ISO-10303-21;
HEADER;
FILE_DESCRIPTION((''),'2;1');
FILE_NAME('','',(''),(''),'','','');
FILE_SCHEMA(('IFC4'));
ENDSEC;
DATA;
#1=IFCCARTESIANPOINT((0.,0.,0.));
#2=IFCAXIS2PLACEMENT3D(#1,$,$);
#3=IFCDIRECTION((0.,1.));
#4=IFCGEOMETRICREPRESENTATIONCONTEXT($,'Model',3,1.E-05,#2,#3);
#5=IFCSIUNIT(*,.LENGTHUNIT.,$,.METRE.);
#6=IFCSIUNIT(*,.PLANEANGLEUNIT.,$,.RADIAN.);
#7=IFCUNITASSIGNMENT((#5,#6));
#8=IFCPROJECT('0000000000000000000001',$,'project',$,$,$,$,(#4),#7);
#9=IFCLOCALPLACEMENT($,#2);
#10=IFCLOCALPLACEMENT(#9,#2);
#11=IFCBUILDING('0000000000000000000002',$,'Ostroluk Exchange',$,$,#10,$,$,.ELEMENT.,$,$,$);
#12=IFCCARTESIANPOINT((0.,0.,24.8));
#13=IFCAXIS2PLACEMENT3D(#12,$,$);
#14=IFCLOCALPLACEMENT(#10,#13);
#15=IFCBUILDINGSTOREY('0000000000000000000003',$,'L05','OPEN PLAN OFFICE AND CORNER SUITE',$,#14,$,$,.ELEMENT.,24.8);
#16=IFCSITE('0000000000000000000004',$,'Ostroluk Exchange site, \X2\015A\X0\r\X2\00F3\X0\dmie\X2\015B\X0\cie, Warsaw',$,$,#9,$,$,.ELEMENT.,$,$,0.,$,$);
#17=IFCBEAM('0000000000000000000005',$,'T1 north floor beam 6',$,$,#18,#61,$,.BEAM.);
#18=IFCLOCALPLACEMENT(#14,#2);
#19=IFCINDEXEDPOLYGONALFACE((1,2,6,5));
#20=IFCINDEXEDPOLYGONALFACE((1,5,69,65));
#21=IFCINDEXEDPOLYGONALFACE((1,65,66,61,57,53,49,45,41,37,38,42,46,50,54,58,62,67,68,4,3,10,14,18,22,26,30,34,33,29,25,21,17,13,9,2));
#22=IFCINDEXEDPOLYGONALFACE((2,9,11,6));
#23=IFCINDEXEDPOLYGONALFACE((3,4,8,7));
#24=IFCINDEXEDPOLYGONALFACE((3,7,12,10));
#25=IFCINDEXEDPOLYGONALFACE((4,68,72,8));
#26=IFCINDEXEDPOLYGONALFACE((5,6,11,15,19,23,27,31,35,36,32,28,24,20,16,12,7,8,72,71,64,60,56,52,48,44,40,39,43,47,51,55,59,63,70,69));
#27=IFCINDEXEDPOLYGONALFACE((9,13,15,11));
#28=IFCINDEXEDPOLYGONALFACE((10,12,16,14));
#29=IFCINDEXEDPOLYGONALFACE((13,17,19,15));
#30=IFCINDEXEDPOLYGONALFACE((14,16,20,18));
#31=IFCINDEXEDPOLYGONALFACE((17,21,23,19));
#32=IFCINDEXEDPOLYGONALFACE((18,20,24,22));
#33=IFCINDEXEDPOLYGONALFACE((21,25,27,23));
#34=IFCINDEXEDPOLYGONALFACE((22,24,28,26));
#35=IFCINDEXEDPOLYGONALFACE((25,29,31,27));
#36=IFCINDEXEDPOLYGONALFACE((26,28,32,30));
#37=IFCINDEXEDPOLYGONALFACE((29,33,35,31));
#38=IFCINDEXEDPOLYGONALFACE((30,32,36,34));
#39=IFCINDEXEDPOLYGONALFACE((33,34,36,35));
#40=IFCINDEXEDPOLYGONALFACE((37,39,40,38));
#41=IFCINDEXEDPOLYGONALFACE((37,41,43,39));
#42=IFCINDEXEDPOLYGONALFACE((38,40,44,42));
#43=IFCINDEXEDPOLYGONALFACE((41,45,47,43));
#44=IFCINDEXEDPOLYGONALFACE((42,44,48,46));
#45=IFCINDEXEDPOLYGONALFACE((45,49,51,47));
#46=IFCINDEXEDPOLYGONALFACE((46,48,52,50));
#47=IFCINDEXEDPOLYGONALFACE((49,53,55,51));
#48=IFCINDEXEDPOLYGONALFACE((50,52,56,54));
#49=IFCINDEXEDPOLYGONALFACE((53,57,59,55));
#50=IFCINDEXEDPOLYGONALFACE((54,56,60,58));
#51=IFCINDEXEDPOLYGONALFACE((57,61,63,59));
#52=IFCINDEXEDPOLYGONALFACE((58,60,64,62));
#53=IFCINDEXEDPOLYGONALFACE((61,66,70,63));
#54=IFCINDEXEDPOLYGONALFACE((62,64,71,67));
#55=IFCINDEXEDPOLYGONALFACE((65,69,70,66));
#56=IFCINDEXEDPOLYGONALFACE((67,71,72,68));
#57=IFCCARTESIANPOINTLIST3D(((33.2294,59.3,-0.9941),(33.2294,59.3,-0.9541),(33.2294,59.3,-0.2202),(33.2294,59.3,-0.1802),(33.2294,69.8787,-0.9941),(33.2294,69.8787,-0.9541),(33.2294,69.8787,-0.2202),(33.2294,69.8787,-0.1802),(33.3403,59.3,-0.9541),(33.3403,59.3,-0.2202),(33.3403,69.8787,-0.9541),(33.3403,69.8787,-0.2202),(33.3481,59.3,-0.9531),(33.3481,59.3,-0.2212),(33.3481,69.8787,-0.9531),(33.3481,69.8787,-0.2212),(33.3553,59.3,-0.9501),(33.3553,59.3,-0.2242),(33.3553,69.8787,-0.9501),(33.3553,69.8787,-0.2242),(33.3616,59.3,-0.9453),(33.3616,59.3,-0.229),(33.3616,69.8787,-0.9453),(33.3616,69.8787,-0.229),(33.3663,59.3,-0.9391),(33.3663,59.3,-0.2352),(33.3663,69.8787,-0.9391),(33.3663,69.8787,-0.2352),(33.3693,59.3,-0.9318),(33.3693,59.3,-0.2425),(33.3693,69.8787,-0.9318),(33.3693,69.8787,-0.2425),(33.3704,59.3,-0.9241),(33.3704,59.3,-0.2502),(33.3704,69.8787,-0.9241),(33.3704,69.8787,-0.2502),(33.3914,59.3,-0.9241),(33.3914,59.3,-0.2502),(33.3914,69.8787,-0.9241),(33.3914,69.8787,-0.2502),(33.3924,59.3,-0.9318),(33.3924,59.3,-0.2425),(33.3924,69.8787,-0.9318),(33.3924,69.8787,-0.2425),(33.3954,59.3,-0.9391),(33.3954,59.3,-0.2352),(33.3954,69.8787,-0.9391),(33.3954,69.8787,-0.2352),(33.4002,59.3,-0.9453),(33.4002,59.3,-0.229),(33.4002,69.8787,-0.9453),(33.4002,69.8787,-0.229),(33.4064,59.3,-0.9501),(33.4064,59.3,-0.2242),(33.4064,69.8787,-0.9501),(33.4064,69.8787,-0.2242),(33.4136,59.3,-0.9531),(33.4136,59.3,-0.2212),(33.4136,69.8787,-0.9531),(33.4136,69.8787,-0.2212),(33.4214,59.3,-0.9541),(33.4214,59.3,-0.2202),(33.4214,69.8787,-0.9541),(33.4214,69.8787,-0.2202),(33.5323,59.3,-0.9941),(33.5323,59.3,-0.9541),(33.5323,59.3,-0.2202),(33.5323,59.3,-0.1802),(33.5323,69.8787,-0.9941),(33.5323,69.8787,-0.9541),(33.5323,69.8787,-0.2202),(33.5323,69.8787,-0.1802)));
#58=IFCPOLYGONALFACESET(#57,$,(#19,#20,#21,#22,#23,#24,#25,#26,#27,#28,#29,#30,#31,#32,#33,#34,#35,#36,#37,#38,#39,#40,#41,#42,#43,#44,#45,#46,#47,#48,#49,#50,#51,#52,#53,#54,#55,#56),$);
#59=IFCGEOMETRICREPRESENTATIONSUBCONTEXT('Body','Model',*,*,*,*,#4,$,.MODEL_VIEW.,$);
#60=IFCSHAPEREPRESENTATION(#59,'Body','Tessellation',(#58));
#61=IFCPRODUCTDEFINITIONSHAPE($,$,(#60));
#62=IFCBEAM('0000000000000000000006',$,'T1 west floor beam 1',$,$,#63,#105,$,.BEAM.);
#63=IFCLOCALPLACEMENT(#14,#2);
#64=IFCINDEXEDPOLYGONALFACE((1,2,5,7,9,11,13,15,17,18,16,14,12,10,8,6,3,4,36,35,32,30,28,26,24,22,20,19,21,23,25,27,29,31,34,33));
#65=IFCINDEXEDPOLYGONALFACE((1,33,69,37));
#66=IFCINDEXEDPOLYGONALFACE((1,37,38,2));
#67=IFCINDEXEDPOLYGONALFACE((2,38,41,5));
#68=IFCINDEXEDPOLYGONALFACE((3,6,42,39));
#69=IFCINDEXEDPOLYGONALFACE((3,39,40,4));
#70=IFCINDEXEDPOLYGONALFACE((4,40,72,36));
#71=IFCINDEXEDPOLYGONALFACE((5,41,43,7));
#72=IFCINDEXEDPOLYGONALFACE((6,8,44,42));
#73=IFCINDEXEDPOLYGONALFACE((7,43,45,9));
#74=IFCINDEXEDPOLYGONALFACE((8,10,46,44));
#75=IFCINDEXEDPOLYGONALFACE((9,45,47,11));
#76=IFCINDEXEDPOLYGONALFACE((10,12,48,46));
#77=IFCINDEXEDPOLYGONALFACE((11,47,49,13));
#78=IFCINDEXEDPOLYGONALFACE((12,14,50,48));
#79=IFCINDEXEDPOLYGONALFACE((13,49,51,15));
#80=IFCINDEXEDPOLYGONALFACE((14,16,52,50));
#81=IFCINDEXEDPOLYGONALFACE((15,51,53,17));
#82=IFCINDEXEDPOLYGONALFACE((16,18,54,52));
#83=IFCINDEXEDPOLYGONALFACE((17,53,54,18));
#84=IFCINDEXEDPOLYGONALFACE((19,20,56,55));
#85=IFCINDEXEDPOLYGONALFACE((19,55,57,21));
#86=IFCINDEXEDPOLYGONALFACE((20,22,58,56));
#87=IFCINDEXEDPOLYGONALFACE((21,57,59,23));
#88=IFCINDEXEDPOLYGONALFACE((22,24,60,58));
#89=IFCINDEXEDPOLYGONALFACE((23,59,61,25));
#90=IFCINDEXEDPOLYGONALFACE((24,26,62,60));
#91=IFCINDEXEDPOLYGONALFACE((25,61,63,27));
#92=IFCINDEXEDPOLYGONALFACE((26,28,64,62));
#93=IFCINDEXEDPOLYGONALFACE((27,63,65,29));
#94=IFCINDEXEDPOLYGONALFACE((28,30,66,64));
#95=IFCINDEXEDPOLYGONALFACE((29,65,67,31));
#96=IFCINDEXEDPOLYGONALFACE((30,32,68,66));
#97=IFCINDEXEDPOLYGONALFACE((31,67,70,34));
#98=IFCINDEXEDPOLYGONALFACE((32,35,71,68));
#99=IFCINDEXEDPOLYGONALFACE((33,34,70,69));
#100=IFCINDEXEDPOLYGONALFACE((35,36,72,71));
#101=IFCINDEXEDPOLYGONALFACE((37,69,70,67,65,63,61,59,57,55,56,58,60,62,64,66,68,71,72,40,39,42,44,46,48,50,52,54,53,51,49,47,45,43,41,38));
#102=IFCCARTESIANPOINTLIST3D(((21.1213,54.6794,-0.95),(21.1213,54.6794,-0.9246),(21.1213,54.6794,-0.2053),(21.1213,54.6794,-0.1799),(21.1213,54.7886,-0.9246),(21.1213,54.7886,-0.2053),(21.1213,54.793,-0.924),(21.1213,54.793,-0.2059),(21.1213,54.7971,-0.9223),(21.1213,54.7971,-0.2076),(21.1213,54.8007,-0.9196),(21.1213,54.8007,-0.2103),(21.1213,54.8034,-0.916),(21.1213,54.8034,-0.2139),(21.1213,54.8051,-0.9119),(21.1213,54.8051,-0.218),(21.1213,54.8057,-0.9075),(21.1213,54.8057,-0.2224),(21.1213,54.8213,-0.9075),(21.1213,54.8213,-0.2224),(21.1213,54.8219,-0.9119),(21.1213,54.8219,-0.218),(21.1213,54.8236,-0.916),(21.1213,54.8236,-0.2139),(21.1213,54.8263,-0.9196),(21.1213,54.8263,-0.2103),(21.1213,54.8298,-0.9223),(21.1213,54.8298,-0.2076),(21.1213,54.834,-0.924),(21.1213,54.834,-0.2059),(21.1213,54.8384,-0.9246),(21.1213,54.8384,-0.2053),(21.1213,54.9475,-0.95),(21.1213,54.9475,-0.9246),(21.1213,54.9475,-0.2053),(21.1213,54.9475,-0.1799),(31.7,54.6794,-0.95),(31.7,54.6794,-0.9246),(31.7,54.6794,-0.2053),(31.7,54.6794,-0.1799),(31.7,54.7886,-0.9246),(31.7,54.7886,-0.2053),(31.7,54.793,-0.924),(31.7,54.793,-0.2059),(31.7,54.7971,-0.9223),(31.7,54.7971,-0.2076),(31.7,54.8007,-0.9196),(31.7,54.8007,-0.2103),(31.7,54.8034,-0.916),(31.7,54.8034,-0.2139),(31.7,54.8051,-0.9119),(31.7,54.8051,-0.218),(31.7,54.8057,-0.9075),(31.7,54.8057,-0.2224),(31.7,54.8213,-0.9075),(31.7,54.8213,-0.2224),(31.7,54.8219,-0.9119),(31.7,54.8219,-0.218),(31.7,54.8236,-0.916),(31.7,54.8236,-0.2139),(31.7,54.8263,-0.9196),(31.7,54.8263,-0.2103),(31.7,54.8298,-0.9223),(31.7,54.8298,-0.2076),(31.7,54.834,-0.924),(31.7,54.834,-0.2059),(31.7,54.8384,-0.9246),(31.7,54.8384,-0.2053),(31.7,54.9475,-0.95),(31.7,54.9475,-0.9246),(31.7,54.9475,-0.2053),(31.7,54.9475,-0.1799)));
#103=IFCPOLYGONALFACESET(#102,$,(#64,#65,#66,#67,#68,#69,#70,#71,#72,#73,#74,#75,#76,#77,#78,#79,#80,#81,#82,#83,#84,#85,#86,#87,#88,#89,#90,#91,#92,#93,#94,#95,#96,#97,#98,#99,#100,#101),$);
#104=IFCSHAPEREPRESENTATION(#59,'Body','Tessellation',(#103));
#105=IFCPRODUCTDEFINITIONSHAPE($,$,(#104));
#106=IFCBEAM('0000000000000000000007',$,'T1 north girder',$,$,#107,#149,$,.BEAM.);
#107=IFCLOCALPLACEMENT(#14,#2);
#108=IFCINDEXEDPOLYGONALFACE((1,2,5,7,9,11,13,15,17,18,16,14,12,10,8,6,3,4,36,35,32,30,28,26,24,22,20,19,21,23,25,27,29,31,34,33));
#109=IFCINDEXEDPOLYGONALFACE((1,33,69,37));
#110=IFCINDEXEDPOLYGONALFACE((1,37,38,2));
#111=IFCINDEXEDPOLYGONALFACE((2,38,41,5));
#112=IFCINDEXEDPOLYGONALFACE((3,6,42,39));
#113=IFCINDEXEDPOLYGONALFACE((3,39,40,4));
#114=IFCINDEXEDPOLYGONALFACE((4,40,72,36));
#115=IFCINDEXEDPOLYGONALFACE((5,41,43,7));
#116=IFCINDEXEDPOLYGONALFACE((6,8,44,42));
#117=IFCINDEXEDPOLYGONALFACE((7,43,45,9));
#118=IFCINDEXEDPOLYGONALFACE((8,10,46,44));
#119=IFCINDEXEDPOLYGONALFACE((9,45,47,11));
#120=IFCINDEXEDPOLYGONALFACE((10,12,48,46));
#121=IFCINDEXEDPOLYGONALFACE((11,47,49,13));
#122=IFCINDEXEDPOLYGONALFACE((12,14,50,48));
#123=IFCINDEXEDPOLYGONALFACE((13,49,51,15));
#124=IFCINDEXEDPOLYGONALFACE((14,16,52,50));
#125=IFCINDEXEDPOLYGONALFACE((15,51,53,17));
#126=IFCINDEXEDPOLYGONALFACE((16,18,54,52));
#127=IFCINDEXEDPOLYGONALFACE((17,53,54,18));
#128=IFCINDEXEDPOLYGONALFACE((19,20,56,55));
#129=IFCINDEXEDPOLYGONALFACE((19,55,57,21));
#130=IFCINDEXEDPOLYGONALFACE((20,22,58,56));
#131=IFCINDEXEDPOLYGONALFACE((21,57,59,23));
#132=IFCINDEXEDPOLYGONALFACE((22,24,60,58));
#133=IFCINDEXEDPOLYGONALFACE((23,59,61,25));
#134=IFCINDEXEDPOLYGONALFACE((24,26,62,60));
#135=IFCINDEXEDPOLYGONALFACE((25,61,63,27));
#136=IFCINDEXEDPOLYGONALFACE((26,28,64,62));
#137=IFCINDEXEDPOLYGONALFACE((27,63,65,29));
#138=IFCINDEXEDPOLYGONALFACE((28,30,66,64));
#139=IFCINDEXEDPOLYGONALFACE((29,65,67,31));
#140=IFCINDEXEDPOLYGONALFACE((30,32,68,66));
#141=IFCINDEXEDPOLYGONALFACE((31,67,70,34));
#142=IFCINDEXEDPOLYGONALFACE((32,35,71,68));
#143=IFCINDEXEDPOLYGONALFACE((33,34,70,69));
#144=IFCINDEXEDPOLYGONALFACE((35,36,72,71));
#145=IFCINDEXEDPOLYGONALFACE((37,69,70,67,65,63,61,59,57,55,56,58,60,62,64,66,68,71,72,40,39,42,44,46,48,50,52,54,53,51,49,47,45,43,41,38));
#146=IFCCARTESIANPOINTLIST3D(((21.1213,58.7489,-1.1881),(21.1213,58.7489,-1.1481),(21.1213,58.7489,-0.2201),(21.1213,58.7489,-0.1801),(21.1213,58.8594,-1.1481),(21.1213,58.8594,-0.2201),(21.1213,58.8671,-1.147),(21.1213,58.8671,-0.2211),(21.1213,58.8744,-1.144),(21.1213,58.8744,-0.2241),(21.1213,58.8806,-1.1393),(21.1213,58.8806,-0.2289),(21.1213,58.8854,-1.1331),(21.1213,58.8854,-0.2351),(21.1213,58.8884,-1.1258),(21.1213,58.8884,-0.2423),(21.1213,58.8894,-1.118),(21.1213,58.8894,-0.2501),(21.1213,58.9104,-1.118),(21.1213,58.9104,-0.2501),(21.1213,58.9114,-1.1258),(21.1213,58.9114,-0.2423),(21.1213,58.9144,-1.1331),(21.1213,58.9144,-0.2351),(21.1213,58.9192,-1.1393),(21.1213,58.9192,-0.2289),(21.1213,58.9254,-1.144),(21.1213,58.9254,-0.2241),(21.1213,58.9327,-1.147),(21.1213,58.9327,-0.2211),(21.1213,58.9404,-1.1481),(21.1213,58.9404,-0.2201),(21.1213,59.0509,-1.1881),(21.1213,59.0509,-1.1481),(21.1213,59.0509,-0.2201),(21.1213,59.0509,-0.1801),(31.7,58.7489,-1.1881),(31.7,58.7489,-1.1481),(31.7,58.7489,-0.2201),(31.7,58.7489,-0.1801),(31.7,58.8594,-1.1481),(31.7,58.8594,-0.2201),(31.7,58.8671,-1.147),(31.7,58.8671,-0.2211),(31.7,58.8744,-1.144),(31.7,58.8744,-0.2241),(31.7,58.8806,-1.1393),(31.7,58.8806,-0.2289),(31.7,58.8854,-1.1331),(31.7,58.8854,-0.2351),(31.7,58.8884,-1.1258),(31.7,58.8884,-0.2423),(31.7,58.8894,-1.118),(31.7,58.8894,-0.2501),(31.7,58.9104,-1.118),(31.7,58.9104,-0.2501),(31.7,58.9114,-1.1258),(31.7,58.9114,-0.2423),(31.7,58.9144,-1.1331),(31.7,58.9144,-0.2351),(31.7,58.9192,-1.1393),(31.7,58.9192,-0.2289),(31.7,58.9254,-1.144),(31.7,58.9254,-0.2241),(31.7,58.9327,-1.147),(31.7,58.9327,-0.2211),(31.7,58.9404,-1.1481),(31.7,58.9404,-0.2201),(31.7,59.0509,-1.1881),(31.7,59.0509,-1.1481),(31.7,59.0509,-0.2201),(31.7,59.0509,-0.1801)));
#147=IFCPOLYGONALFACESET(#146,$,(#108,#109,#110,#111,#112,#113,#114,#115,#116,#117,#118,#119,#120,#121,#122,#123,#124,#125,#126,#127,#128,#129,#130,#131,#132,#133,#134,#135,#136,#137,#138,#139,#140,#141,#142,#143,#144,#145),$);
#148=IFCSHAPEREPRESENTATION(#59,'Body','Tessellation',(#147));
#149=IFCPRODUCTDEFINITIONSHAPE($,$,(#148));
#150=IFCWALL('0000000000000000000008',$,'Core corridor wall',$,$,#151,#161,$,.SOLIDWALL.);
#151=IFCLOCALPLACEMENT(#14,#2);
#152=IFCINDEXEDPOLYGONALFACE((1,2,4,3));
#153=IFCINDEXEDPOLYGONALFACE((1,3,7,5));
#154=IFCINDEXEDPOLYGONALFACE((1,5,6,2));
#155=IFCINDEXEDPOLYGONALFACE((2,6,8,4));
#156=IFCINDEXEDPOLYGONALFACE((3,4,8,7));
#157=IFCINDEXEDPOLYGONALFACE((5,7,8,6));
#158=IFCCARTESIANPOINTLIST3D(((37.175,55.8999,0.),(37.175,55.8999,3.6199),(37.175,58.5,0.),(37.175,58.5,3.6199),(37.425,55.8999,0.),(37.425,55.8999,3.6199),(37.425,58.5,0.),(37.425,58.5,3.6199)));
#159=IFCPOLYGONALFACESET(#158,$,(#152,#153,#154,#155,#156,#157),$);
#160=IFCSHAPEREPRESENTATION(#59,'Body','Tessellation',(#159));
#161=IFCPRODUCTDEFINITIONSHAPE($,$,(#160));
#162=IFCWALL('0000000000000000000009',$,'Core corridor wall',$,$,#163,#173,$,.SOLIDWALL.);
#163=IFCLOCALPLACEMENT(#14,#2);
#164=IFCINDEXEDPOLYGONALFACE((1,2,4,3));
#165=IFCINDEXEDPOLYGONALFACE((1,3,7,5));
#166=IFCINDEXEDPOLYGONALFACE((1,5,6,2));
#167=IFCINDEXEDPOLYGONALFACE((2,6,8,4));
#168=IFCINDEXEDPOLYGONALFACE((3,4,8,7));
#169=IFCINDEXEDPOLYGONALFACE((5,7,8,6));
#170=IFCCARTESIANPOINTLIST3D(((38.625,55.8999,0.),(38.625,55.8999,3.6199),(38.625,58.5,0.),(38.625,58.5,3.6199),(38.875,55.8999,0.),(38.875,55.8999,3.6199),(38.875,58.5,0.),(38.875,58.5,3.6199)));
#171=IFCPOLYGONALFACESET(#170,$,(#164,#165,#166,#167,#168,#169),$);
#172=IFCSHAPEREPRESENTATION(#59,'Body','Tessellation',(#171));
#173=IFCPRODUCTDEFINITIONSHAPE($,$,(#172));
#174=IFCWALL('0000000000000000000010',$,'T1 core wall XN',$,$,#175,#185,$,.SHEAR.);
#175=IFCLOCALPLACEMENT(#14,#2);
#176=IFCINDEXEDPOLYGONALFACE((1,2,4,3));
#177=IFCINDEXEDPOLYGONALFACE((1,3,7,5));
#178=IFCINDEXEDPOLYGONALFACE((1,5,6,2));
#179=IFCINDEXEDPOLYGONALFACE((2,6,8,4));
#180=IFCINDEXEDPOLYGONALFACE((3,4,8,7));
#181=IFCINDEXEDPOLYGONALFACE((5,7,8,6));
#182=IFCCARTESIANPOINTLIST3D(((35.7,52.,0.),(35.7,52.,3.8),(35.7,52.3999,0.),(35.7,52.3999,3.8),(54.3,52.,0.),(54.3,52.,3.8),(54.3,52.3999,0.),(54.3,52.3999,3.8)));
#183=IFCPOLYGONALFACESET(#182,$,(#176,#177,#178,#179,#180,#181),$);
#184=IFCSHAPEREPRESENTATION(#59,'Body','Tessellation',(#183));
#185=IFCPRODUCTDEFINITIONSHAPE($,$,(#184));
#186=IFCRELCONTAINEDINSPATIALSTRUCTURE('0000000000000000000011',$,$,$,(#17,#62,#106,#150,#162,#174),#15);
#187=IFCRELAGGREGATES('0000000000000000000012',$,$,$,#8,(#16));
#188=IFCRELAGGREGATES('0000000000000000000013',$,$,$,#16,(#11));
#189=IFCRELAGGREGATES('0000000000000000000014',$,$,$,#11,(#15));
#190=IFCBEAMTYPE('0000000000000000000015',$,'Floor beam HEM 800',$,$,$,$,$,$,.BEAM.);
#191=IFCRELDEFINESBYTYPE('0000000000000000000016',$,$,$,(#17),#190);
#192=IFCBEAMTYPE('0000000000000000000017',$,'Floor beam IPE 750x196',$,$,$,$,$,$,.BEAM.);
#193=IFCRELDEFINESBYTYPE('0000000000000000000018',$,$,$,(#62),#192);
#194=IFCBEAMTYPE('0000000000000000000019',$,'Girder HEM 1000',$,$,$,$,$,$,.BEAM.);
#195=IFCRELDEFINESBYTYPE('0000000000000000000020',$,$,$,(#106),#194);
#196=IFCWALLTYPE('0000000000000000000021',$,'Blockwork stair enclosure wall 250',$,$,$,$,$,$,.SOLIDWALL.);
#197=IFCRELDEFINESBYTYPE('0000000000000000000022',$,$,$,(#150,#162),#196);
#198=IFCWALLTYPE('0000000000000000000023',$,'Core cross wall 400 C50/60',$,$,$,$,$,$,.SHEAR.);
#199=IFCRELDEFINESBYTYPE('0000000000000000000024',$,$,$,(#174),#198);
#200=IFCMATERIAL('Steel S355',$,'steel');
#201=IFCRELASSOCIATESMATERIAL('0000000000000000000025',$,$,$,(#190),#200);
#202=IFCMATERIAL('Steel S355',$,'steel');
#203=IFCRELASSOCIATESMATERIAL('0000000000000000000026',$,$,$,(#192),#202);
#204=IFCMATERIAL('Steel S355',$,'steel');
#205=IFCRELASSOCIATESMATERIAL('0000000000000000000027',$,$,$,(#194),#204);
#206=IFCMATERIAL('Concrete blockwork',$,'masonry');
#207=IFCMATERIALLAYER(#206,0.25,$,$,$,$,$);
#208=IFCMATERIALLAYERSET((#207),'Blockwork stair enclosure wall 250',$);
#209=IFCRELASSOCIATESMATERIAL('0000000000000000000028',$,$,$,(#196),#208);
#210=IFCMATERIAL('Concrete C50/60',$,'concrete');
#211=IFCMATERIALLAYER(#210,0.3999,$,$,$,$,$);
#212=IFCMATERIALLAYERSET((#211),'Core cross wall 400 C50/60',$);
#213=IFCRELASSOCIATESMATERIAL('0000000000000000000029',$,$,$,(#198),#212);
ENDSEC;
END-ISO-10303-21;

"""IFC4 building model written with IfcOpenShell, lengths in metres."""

from ifc_helpers import new_model, si_unit, direction, frame, frame_2d, origin, origin_2d, place, context, subcontext, project, spatial, rectangle, i_section, extrude, material, layer, layer_set, material_profile, profile_set, type_object, element, save


model = new_model("IFC4")

# Units and contexts
model_context = context("Model", 3, precision=1e-05, world=origin(), true_north=direction((0.0, 1.0)))
body_context = subcontext(model_context, "Body", "Model", "MODEL_VIEW")
ifc_project = project(units=[si_unit("LENGTHUNIT", "METRE"), si_unit("PLANEANGLEUNIT", "RADIAN")], contexts=[model_context])

# Site, building, storey
site_placement = place(None, origin())
site = spatial("IfcSite", under=ifc_project, at=site_placement, Name="Ostroluk Exchange site, Śródmieście, Warsaw", CompositionType="ELEMENT", RefElevation=0.0)
building_placement = place(site_placement, origin())
building = spatial("IfcBuilding", under=site, at=building_placement, Name="Ostroluk Exchange", CompositionType="ELEMENT")
storey_placement = place(building_placement, frame((0.0, 0.0, 24.8)))
storey = spatial("IfcBuildingStorey", under=building, at=storey_placement, Name="L05", Description="OPEN PLAN OFFICE AND CORNER SUITE", CompositionType="ELEMENT", Elevation=24.8)

# Beams
ifc_material_1 = material(Name="Steel S355", Category="steel")
ifc_material_profile_1 = material_profile(ifc_material_1, i_section(OverallWidth=0.303, OverallDepth=0.814, WebThickness=0.021, FlangeThickness=0.04, FilletRadius=0.03, at=origin_2d()), Name="HEM 800")
ifc_profile_set_1 = profile_set([ifc_material_profile_1], Name="Steel S355")
beam_type_1 = type_object("IfcBeamType", Name="Floor beam HEM 800", PredefinedType="BEAM", material=ifc_profile_set_1)
beam_1_placement = place(storey_placement, frame((33.3809, 59.3, -0.5872), z_axis=(0.0, 1.0, 0.0), x_axis=(-1.0, 0.0, 0.0)))
element("IfcBeam", 1, at=beam_1_placement, inside=storey, type_object=beam_type_1, Name="T1 north floor beam 6", PredefinedType="BEAM", context=body_context, shape_type="SweptSolid", body=[
    extrude(i_section(OverallWidth=0.303, OverallDepth=0.814, WebThickness=0.021, FlangeThickness=0.04, FilletRadius=0.03, at=origin_2d()), origin(), (0.0, 0.0, 1.0), 10.5786),
])
ifc_material_2 = material(Name="Steel S355", Category="steel")
ifc_material_profile_2 = material_profile(ifc_material_2, i_section(OverallWidth=0.2681, OverallDepth=0.77, WebThickness=0.0156, FlangeThickness=0.0254, FilletRadius=0.0171, at=origin_2d()), Name="IPE 750x196")
ifc_profile_set_2 = profile_set([ifc_material_profile_2], Name="Steel S355")
beam_type_2 = type_object("IfcBeamType", Name="Floor beam IPE 750x196", PredefinedType="BEAM", material=ifc_profile_set_2)
beam_2_placement = place(storey_placement, frame((31.7, 54.8135, -0.5649), z_axis=(-1.0, 0.0, 0.0), x_axis=(0.0, -1.0, 0.0)))
element("IfcBeam", 2, at=beam_2_placement, inside=storey, type_object=beam_type_2, Name="T1 west floor beam 1", PredefinedType="BEAM", context=body_context, shape_type="SweptSolid", body=[
    extrude(i_section(OverallWidth=0.2681, OverallDepth=0.77, WebThickness=0.0156, FlangeThickness=0.0254, FilletRadius=0.0171, at=origin_2d()), origin(), (0.0, 0.0, 1.0), 10.5786),
])
ifc_material_3 = material(Name="Steel S355", Category="steel")
ifc_material_profile_3 = material_profile(ifc_material_3, i_section(OverallWidth=0.302, OverallDepth=1.0081, WebThickness=0.021, FlangeThickness=0.04, FilletRadius=0.03, at=origin_2d()), Name="HEM 1000")
ifc_profile_set_3 = profile_set([ifc_material_profile_3], Name="Steel S355")
beam_type_3 = type_object("IfcBeamType", Name="Girder HEM 1000", PredefinedType="BEAM", material=ifc_profile_set_3)
beam_3_placement = place(storey_placement, frame((31.7, 58.8999, -0.6841), z_axis=(-1.0, 0.0, 0.0), x_axis=(0.0, -1.0, 0.0)))
element("IfcBeam", 3, at=beam_3_placement, inside=storey, type_object=beam_type_3, Name="T1 north girder", PredefinedType="BEAM", context=body_context, shape_type="SweptSolid", body=[
    extrude(i_section(OverallWidth=0.302, OverallDepth=1.0081, WebThickness=0.021, FlangeThickness=0.04, FilletRadius=0.03, at=origin_2d()), origin(), (0.0, 0.0, 1.0), 10.5786),
])

# Walls
ifc_material_4 = material(Name="Concrete blockwork", Category="masonry")
ifc_layer_1 = layer(ifc_material_4, 0.25)
ifc_layer_set_1 = layer_set([ifc_layer_1], Name="Blockwork stair enclosure wall 250")
wall_type_1 = type_object("IfcWallType", Name="Blockwork stair enclosure wall 250", PredefinedType="SOLIDWALL", material=ifc_layer_set_1)
for number, where, z_axis, x_axis, name in (
    (4, (37.3, 55.8999, 0.0), (0.0, 0.0, 1.0), (0.0, 1.0, 0.0), "Core corridor wall"),
    (5, (38.75, 55.8999, 0.0), (0.0, 0.0, 1.0), (0.0, 1.0, 0.0), "Core corridor wall"),
):
    element("IfcWall", number, at=place(storey_placement, frame(where, z_axis=z_axis, x_axis=x_axis)), inside=storey, type_object=wall_type_1, Name=name, PredefinedType="SOLIDWALL", context=body_context, shape_type="SweptSolid", body=[
        extrude(rectangle(XDim=2.6001, YDim=0.25, at=frame_2d((1.3, 0.0))), origin(), (0.0, 0.0, 1.0), 3.6199),
    ])
ifc_material_5 = material(Name="Concrete C50/60", Category="concrete")
ifc_layer_2 = layer(ifc_material_5, 0.3999)
ifc_layer_set_2 = layer_set([ifc_layer_2], Name="Core cross wall 400 C50/60")
wall_type_2 = type_object("IfcWallType", Name="Core cross wall 400 C50/60", PredefinedType="SHEAR", material=ifc_layer_set_2)
wall_1_placement = place(storey_placement, frame((35.7, 52.2, 0.0), z_axis=(0.0, 0.0, 1.0), x_axis=(1.0, 0.0, 0.0)))
element("IfcWall", 6, at=wall_1_placement, inside=storey, type_object=wall_type_2, Name="T1 core wall XN", PredefinedType="SHEAR", context=body_context, shape_type="SweptSolid", body=[
    extrude(rectangle(XDim=18.6001, YDim=0.3999, at=frame_2d((9.3, 0.0))), origin(), (0.0, 0.0, 1.0), 3.8),
])

save(model, "model.ifc")
